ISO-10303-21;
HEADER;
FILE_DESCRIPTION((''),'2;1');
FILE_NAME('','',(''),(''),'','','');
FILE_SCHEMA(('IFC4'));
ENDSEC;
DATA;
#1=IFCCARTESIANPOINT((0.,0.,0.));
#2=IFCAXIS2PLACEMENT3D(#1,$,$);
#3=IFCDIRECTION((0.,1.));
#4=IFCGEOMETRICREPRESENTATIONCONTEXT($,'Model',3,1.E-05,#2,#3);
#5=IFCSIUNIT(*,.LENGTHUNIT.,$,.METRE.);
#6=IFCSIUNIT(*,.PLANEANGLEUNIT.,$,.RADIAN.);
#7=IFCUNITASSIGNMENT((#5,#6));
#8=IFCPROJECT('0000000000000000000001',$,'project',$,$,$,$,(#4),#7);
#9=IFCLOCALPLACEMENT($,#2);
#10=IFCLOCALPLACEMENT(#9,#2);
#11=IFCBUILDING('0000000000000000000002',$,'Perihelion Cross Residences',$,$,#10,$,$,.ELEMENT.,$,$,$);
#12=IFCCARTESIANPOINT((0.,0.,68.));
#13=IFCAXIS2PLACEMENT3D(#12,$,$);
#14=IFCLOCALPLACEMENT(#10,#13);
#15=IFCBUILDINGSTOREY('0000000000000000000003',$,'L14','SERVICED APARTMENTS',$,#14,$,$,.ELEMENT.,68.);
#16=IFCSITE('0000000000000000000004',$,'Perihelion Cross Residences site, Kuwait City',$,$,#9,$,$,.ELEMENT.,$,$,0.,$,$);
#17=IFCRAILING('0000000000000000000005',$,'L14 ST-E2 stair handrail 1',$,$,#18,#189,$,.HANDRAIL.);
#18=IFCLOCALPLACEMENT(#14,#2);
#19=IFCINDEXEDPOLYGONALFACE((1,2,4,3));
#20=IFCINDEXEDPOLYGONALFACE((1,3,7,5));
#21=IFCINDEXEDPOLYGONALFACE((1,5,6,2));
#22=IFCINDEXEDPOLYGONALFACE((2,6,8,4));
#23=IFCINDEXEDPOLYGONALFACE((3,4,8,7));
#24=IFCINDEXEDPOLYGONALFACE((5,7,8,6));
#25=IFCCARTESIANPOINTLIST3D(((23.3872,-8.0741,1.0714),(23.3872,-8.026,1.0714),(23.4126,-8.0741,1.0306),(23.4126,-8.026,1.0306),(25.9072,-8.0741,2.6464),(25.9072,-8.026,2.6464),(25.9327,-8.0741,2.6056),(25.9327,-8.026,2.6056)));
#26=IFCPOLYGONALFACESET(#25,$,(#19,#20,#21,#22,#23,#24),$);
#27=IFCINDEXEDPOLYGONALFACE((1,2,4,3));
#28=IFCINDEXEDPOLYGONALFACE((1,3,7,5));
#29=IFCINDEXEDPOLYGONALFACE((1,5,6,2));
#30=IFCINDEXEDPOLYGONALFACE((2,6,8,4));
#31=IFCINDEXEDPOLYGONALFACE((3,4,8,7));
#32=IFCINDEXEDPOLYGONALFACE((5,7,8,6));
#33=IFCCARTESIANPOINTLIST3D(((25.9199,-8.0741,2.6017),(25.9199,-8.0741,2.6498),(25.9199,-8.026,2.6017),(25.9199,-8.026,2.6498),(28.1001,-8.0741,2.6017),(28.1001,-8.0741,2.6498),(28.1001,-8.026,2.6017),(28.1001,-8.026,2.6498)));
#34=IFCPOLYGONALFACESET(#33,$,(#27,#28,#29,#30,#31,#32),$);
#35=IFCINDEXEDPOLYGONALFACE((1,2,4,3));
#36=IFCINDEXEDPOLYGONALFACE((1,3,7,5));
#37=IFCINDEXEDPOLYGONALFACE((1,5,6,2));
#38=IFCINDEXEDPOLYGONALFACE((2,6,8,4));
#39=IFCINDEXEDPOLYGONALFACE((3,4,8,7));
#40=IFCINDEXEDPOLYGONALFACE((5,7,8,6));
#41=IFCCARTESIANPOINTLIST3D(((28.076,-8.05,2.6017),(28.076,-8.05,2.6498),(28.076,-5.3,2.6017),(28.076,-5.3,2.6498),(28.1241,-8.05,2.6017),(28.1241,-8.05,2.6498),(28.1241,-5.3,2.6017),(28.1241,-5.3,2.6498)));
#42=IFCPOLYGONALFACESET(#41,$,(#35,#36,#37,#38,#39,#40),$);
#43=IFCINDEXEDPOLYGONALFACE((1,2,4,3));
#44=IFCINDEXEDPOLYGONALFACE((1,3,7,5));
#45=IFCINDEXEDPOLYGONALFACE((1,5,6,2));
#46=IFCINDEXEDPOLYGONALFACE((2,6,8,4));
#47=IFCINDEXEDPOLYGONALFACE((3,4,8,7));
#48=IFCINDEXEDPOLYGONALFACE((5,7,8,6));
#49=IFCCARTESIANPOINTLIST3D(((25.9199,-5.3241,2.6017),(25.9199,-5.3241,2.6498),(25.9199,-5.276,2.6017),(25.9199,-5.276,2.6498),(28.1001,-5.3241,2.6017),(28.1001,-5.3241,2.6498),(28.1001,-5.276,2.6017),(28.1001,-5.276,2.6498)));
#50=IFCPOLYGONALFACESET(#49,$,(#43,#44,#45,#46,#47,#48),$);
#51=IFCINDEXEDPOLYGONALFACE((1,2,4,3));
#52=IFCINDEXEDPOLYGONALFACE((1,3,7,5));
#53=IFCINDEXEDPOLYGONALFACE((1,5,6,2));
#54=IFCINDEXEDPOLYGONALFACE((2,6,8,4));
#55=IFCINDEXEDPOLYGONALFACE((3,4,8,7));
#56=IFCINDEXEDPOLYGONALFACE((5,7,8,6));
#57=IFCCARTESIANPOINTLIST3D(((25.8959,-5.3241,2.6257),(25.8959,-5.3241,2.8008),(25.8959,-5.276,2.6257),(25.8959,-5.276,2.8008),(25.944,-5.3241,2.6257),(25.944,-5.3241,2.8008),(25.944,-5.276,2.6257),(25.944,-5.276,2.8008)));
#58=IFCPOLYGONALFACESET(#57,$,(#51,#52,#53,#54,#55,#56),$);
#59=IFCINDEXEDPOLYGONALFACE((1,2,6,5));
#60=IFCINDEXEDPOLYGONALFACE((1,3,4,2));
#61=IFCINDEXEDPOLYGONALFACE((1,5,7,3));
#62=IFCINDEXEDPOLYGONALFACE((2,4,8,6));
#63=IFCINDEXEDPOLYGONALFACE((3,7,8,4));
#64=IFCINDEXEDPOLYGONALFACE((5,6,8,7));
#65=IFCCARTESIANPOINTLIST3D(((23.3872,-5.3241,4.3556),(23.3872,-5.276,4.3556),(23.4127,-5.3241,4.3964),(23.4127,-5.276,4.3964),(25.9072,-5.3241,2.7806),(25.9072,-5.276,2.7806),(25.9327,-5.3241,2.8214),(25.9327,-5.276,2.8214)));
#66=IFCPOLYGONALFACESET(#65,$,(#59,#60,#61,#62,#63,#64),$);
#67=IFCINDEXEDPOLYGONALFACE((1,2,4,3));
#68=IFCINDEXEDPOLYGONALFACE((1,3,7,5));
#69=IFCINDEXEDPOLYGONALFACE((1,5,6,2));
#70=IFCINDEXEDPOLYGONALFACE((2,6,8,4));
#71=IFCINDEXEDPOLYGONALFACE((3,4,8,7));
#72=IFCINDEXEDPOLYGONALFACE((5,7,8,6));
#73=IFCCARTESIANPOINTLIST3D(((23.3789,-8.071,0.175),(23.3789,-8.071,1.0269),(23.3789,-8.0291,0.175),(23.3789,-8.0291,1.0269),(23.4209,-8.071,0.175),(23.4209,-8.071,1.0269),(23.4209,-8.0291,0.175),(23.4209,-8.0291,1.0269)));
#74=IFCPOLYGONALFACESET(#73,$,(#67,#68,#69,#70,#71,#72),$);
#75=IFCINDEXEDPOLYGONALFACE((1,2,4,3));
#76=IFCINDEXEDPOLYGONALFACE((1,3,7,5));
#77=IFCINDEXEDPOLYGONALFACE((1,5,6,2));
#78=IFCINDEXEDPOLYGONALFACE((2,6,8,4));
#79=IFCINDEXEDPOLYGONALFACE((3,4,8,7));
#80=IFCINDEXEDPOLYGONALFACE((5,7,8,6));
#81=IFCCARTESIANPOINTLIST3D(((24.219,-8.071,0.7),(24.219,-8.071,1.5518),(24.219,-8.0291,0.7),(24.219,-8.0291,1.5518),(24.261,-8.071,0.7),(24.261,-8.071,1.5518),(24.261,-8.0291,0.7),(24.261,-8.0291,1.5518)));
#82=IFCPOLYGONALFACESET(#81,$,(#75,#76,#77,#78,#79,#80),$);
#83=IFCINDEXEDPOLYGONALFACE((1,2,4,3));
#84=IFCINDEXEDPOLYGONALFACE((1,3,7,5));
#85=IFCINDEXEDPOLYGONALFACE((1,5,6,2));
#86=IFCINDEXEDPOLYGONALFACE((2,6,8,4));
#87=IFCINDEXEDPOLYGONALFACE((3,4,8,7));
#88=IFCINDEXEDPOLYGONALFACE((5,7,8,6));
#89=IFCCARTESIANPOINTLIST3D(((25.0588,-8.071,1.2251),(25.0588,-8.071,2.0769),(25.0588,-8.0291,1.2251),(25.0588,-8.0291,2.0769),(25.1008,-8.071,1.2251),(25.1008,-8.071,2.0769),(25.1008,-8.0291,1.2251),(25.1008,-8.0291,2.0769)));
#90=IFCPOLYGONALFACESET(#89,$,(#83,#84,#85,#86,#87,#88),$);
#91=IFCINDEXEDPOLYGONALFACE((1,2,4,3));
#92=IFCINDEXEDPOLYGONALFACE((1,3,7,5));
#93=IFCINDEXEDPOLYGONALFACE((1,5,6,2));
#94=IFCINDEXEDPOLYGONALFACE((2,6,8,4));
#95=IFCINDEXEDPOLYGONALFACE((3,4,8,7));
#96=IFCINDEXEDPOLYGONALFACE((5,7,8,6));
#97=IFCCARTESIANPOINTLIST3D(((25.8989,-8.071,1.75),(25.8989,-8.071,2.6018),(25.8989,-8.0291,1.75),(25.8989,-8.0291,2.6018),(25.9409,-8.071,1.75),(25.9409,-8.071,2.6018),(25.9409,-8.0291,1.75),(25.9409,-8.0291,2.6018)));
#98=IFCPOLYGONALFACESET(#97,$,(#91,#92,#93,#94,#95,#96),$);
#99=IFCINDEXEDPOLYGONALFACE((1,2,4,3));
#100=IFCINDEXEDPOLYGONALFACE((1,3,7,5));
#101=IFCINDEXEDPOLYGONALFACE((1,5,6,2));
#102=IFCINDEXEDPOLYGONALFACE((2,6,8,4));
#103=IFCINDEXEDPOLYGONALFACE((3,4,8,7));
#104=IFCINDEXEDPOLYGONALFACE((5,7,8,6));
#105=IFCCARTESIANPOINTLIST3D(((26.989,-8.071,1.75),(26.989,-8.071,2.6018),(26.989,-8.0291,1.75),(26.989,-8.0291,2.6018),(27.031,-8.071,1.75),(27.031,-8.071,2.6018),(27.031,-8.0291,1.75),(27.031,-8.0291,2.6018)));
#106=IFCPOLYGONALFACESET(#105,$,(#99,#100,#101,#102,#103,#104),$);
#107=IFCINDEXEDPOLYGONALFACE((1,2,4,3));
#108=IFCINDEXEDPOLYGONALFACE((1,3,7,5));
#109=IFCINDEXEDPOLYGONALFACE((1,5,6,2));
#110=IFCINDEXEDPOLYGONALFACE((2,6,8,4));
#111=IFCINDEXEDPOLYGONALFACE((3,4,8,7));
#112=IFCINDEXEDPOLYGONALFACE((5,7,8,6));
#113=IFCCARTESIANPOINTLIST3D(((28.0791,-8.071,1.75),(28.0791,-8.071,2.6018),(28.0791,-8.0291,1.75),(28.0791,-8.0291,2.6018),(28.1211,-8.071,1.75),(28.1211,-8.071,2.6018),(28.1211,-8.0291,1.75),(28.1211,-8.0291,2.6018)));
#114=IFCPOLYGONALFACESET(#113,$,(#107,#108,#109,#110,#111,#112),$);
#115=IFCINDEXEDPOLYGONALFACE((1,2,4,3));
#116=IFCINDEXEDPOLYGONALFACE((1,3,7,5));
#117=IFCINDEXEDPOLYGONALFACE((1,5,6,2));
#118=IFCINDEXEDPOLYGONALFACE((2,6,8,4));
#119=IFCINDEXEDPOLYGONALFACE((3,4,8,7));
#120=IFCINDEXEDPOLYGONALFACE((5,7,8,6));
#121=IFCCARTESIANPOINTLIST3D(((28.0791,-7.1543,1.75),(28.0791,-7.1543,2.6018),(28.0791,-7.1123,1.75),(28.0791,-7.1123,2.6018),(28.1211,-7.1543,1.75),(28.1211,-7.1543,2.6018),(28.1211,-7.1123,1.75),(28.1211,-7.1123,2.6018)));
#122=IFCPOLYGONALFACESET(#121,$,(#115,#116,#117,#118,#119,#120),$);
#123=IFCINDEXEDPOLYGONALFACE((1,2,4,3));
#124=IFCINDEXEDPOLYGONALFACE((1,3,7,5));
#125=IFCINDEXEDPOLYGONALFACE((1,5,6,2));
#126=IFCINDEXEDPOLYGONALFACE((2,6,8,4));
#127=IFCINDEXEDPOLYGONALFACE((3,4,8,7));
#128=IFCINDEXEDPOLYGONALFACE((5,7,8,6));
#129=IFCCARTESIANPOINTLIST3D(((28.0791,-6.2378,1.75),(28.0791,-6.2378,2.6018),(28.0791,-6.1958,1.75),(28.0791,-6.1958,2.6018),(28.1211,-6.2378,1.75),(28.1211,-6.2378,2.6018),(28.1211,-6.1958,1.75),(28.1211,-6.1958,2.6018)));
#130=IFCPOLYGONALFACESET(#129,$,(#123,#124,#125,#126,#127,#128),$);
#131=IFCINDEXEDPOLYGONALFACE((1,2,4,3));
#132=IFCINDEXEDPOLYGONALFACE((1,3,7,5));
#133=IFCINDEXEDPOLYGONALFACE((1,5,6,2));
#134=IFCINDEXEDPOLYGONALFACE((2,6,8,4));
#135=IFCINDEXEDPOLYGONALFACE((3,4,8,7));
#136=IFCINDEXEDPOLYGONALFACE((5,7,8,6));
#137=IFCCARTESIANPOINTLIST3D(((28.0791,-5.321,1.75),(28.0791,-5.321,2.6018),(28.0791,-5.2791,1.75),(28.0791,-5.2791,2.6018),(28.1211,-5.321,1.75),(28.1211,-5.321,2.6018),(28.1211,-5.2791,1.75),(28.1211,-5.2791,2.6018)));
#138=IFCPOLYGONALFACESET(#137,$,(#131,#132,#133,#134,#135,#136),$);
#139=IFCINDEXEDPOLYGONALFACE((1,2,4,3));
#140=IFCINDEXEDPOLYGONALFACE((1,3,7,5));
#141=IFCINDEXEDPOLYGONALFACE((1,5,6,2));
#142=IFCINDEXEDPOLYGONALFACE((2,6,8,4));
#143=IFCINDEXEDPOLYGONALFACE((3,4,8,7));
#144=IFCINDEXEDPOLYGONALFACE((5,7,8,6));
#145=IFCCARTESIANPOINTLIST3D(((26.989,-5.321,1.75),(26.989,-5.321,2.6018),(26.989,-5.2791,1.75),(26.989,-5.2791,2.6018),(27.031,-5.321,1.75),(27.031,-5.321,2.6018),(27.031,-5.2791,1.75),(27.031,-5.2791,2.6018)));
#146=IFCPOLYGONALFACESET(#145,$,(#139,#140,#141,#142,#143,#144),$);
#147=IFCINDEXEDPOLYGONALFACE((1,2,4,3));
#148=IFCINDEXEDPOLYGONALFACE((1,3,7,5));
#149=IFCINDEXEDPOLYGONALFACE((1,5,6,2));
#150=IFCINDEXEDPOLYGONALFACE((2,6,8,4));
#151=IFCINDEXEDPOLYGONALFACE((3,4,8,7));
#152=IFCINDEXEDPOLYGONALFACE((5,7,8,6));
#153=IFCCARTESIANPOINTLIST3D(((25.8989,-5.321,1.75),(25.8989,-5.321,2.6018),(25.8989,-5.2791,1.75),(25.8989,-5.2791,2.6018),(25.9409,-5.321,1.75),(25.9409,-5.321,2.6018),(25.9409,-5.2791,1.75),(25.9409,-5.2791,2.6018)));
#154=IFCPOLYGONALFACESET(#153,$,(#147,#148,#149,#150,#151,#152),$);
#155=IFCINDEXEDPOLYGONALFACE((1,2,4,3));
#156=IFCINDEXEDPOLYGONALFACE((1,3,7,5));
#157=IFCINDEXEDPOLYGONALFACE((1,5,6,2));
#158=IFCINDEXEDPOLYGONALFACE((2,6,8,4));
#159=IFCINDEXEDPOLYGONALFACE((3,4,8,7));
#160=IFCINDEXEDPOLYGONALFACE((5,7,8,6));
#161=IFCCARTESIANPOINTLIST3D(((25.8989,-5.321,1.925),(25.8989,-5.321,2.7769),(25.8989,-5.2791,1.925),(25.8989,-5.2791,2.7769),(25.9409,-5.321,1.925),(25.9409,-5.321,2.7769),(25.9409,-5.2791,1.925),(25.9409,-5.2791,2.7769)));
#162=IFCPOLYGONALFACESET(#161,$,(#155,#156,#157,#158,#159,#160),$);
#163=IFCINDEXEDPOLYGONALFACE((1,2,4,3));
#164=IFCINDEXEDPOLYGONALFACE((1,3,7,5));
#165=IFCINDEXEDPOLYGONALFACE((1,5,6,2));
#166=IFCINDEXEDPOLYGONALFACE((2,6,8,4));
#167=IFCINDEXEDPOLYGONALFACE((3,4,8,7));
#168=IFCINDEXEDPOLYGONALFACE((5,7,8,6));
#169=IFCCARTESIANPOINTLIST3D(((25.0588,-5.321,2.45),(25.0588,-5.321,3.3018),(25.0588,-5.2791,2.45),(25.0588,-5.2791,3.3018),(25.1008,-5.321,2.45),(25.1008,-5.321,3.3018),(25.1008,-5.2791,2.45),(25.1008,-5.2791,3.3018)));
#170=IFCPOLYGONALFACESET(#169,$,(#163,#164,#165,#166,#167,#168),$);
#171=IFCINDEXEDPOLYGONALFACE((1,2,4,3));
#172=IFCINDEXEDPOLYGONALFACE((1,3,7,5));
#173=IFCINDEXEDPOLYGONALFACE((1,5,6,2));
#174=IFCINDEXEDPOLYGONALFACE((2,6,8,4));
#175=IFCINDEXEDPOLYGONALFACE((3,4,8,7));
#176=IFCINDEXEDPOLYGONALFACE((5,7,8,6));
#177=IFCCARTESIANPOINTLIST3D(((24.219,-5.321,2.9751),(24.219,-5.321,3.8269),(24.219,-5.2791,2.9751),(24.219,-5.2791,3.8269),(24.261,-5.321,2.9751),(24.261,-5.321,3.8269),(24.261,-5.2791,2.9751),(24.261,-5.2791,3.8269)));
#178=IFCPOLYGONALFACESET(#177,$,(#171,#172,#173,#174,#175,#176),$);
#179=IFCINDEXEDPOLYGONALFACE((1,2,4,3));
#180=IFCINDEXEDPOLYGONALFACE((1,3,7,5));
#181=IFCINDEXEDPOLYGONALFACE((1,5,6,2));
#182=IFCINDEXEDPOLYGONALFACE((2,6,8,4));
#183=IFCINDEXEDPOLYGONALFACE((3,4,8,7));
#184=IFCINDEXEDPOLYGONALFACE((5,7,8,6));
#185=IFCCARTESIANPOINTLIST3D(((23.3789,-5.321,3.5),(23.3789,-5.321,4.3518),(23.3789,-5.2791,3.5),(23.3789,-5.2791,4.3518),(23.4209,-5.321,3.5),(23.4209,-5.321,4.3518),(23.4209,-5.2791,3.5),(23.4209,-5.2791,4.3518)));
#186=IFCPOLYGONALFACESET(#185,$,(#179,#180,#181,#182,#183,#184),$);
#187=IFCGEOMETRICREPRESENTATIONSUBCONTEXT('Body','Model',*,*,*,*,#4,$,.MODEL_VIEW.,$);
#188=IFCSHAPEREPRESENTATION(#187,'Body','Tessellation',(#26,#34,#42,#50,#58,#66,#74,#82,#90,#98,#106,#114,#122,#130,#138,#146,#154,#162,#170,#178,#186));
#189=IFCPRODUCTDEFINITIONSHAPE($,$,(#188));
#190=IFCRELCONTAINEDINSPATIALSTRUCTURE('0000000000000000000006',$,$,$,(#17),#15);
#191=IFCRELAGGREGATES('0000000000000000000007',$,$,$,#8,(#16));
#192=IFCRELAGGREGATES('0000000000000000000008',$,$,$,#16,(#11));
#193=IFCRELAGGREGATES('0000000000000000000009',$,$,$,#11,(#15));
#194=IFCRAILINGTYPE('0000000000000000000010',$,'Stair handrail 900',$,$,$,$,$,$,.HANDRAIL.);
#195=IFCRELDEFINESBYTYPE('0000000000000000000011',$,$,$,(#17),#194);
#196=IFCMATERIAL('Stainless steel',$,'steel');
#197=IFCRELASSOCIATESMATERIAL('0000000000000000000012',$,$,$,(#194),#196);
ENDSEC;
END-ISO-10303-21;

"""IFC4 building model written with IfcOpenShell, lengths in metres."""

from ifc_helpers import new_model, si_unit, direction, frame, origin, origin_2d, place, context, subcontext, project, spatial, rectangle, extrude, material, type_object, element, save


model = new_model("IFC4")

# Units and contexts
model_context = context("Model", 3, precision=1e-05, world=origin(), true_north=direction((0.0, 1.0)))
body_context = subcontext(model_context, "Body", "Model", "MODEL_VIEW")
ifc_project = project(units=[si_unit("LENGTHUNIT", "METRE"), si_unit("PLANEANGLEUNIT", "RADIAN")], contexts=[model_context])

# Site, building, storey
site_placement = place(None, origin())
site = spatial("IfcSite", under=ifc_project, at=site_placement, Name="Perihelion Cross Residences site, Kuwait City", CompositionType="ELEMENT", RefElevation=0.0)
building_placement = place(site_placement, origin())
building = spatial("IfcBuilding", under=site, at=building_placement, Name="Perihelion Cross Residences", CompositionType="ELEMENT")
storey_placement = place(building_placement, frame((0.0, 0.0, 68.0)))
storey = spatial("IfcBuildingStorey", under=building, at=storey_placement, Name="L14", Description="SERVICED APARTMENTS", CompositionType="ELEMENT", Elevation=68.0)

# Railing
ifc_material_1 = material(Name="Stainless steel", Category="steel")
railing_type_1 = type_object("IfcRailingType", Name="Stair handrail 900", PredefinedType="HANDRAIL", material=ifc_material_1)
railing_1_placement = place(storey_placement, frame((23.3999, -8.05, 0.175)))
element("IfcRailing", 1, at=railing_1_placement, inside=storey, type_object=railing_type_1, Name="L14 ST-E2 stair handrail 1", PredefinedType="HANDRAIL", context=body_context, shape_type="SweptSolid", body=[
    extrude(rectangle(XDim=0.0481, YDim=0.0481, at=origin_2d()), frame((0.0, 0.0, 0.876), z_axis=(0.848008, 0.0, 0.529984), x_axis=(0.0, 1.0, 0.0)), (0.0, 0.0, 1.0), 2.9717),
    extrude(rectangle(XDim=0.0481, YDim=0.0481, at=origin_2d()), frame((2.52, 0.0, 2.4507), z_axis=(1.0, 0.0, 0.0), x_axis=(0.0, 1.0, 0.0)), (0.0, 0.0, 1.0), 2.1802),
    extrude(rectangle(XDim=0.0481, YDim=0.0481, at=origin_2d()), frame((4.7002, 0.0, 2.4507), z_axis=(0.0, 1.0, 0.0), x_axis=(-1.0, 0.0, 0.0)), (0.0, 0.0, 1.0), 2.75),
    extrude(rectangle(XDim=0.0481, YDim=0.0481, at=origin_2d()), frame((4.7002, 2.75, 2.4507), z_axis=(-1.0, 0.0, 0.0), x_axis=(0.0, -1.0, 0.0)), (0.0, 0.0, 1.0), 2.1802),
    extrude(rectangle(XDim=0.0481, YDim=0.0481, at=origin_2d()), frame((2.52, 2.75, 2.4507), z_axis=(0.0, 0.0, 1.0), x_axis=(1.0, 0.0, 0.0)), (0.0, 0.0, 1.0), 0.175),
    extrude(rectangle(XDim=0.0481, YDim=0.0481, at=origin_2d()), frame((2.52, 2.75, 2.626), z_axis=(-0.848008, 0.0, 0.529984), x_axis=(0.0, -1.0, 0.0)), (0.0, 0.0, 1.0), 2.9717),
    extrude(rectangle(XDim=0.042, YDim=0.042, at=origin_2d()), origin(), (0.0, 0.0, 1.0), 0.8518),
    extrude(rectangle(XDim=0.042, YDim=0.042, at=origin_2d()), frame((0.8401, 0.0, 0.5249)), (0.0, 0.0, 1.0), 0.8518),
    extrude(rectangle(XDim=0.042, YDim=0.042, at=origin_2d()), frame((1.6799, 0.0, 1.05)), (0.0, 0.0, 1.0), 0.8518),
    extrude(rectangle(XDim=0.042, YDim=0.042, at=origin_2d()), frame((2.52, 0.0, 1.575)), (0.0, 0.0, 1.0), 0.8518),
    extrude(rectangle(XDim=0.042, YDim=0.042, at=origin_2d()), frame((3.6101, 0.0, 1.575)), (0.0, 0.0, 1.0), 0.8518),
    extrude(rectangle(XDim=0.042, YDim=0.042, at=origin_2d()), frame((4.7002, 0.0, 1.575)), (0.0, 0.0, 1.0), 0.8518),
    extrude(rectangle(XDim=0.042, YDim=0.042, at=origin_2d()), frame((4.7002, 0.9167, 1.575)), (0.0, 0.0, 1.0), 0.8518),
    extrude(rectangle(XDim=0.042, YDim=0.042, at=origin_2d()), frame((4.7002, 1.8333, 1.575)), (0.0, 0.0, 1.0), 0.8518),
    extrude(rectangle(XDim=0.042, YDim=0.042, at=origin_2d()), frame((4.7002, 2.75, 1.575)), (0.0, 0.0, 1.0), 0.8518),
    extrude(rectangle(XDim=0.042, YDim=0.042, at=origin_2d()), frame((3.6101, 2.75, 1.575)), (0.0, 0.0, 1.0), 0.8518),
    extrude(rectangle(XDim=0.042, YDim=0.042, at=origin_2d()), frame((2.52, 2.75, 1.575)), (0.0, 0.0, 1.0), 0.8518),
    extrude(rectangle(XDim=0.042, YDim=0.042, at=origin_2d()), frame((2.52, 2.75, 1.75)), (0.0, 0.0, 1.0), 0.8518),
    extrude(rectangle(XDim=0.042, YDim=0.042, at=origin_2d()), frame((1.6799, 2.75, 2.2749)), (0.0, 0.0, 1.0), 0.8518),
    extrude(rectangle(XDim=0.042, YDim=0.042, at=origin_2d()), frame((0.8401, 2.75, 2.8)), (0.0, 0.0, 1.0), 0.8518),
    extrude(rectangle(XDim=0.042, YDim=0.042, at=origin_2d()), frame((0.0, 2.75, 3.325)), (0.0, 0.0, 1.0), 0.8518),
])

save(model, "model.ifc")
